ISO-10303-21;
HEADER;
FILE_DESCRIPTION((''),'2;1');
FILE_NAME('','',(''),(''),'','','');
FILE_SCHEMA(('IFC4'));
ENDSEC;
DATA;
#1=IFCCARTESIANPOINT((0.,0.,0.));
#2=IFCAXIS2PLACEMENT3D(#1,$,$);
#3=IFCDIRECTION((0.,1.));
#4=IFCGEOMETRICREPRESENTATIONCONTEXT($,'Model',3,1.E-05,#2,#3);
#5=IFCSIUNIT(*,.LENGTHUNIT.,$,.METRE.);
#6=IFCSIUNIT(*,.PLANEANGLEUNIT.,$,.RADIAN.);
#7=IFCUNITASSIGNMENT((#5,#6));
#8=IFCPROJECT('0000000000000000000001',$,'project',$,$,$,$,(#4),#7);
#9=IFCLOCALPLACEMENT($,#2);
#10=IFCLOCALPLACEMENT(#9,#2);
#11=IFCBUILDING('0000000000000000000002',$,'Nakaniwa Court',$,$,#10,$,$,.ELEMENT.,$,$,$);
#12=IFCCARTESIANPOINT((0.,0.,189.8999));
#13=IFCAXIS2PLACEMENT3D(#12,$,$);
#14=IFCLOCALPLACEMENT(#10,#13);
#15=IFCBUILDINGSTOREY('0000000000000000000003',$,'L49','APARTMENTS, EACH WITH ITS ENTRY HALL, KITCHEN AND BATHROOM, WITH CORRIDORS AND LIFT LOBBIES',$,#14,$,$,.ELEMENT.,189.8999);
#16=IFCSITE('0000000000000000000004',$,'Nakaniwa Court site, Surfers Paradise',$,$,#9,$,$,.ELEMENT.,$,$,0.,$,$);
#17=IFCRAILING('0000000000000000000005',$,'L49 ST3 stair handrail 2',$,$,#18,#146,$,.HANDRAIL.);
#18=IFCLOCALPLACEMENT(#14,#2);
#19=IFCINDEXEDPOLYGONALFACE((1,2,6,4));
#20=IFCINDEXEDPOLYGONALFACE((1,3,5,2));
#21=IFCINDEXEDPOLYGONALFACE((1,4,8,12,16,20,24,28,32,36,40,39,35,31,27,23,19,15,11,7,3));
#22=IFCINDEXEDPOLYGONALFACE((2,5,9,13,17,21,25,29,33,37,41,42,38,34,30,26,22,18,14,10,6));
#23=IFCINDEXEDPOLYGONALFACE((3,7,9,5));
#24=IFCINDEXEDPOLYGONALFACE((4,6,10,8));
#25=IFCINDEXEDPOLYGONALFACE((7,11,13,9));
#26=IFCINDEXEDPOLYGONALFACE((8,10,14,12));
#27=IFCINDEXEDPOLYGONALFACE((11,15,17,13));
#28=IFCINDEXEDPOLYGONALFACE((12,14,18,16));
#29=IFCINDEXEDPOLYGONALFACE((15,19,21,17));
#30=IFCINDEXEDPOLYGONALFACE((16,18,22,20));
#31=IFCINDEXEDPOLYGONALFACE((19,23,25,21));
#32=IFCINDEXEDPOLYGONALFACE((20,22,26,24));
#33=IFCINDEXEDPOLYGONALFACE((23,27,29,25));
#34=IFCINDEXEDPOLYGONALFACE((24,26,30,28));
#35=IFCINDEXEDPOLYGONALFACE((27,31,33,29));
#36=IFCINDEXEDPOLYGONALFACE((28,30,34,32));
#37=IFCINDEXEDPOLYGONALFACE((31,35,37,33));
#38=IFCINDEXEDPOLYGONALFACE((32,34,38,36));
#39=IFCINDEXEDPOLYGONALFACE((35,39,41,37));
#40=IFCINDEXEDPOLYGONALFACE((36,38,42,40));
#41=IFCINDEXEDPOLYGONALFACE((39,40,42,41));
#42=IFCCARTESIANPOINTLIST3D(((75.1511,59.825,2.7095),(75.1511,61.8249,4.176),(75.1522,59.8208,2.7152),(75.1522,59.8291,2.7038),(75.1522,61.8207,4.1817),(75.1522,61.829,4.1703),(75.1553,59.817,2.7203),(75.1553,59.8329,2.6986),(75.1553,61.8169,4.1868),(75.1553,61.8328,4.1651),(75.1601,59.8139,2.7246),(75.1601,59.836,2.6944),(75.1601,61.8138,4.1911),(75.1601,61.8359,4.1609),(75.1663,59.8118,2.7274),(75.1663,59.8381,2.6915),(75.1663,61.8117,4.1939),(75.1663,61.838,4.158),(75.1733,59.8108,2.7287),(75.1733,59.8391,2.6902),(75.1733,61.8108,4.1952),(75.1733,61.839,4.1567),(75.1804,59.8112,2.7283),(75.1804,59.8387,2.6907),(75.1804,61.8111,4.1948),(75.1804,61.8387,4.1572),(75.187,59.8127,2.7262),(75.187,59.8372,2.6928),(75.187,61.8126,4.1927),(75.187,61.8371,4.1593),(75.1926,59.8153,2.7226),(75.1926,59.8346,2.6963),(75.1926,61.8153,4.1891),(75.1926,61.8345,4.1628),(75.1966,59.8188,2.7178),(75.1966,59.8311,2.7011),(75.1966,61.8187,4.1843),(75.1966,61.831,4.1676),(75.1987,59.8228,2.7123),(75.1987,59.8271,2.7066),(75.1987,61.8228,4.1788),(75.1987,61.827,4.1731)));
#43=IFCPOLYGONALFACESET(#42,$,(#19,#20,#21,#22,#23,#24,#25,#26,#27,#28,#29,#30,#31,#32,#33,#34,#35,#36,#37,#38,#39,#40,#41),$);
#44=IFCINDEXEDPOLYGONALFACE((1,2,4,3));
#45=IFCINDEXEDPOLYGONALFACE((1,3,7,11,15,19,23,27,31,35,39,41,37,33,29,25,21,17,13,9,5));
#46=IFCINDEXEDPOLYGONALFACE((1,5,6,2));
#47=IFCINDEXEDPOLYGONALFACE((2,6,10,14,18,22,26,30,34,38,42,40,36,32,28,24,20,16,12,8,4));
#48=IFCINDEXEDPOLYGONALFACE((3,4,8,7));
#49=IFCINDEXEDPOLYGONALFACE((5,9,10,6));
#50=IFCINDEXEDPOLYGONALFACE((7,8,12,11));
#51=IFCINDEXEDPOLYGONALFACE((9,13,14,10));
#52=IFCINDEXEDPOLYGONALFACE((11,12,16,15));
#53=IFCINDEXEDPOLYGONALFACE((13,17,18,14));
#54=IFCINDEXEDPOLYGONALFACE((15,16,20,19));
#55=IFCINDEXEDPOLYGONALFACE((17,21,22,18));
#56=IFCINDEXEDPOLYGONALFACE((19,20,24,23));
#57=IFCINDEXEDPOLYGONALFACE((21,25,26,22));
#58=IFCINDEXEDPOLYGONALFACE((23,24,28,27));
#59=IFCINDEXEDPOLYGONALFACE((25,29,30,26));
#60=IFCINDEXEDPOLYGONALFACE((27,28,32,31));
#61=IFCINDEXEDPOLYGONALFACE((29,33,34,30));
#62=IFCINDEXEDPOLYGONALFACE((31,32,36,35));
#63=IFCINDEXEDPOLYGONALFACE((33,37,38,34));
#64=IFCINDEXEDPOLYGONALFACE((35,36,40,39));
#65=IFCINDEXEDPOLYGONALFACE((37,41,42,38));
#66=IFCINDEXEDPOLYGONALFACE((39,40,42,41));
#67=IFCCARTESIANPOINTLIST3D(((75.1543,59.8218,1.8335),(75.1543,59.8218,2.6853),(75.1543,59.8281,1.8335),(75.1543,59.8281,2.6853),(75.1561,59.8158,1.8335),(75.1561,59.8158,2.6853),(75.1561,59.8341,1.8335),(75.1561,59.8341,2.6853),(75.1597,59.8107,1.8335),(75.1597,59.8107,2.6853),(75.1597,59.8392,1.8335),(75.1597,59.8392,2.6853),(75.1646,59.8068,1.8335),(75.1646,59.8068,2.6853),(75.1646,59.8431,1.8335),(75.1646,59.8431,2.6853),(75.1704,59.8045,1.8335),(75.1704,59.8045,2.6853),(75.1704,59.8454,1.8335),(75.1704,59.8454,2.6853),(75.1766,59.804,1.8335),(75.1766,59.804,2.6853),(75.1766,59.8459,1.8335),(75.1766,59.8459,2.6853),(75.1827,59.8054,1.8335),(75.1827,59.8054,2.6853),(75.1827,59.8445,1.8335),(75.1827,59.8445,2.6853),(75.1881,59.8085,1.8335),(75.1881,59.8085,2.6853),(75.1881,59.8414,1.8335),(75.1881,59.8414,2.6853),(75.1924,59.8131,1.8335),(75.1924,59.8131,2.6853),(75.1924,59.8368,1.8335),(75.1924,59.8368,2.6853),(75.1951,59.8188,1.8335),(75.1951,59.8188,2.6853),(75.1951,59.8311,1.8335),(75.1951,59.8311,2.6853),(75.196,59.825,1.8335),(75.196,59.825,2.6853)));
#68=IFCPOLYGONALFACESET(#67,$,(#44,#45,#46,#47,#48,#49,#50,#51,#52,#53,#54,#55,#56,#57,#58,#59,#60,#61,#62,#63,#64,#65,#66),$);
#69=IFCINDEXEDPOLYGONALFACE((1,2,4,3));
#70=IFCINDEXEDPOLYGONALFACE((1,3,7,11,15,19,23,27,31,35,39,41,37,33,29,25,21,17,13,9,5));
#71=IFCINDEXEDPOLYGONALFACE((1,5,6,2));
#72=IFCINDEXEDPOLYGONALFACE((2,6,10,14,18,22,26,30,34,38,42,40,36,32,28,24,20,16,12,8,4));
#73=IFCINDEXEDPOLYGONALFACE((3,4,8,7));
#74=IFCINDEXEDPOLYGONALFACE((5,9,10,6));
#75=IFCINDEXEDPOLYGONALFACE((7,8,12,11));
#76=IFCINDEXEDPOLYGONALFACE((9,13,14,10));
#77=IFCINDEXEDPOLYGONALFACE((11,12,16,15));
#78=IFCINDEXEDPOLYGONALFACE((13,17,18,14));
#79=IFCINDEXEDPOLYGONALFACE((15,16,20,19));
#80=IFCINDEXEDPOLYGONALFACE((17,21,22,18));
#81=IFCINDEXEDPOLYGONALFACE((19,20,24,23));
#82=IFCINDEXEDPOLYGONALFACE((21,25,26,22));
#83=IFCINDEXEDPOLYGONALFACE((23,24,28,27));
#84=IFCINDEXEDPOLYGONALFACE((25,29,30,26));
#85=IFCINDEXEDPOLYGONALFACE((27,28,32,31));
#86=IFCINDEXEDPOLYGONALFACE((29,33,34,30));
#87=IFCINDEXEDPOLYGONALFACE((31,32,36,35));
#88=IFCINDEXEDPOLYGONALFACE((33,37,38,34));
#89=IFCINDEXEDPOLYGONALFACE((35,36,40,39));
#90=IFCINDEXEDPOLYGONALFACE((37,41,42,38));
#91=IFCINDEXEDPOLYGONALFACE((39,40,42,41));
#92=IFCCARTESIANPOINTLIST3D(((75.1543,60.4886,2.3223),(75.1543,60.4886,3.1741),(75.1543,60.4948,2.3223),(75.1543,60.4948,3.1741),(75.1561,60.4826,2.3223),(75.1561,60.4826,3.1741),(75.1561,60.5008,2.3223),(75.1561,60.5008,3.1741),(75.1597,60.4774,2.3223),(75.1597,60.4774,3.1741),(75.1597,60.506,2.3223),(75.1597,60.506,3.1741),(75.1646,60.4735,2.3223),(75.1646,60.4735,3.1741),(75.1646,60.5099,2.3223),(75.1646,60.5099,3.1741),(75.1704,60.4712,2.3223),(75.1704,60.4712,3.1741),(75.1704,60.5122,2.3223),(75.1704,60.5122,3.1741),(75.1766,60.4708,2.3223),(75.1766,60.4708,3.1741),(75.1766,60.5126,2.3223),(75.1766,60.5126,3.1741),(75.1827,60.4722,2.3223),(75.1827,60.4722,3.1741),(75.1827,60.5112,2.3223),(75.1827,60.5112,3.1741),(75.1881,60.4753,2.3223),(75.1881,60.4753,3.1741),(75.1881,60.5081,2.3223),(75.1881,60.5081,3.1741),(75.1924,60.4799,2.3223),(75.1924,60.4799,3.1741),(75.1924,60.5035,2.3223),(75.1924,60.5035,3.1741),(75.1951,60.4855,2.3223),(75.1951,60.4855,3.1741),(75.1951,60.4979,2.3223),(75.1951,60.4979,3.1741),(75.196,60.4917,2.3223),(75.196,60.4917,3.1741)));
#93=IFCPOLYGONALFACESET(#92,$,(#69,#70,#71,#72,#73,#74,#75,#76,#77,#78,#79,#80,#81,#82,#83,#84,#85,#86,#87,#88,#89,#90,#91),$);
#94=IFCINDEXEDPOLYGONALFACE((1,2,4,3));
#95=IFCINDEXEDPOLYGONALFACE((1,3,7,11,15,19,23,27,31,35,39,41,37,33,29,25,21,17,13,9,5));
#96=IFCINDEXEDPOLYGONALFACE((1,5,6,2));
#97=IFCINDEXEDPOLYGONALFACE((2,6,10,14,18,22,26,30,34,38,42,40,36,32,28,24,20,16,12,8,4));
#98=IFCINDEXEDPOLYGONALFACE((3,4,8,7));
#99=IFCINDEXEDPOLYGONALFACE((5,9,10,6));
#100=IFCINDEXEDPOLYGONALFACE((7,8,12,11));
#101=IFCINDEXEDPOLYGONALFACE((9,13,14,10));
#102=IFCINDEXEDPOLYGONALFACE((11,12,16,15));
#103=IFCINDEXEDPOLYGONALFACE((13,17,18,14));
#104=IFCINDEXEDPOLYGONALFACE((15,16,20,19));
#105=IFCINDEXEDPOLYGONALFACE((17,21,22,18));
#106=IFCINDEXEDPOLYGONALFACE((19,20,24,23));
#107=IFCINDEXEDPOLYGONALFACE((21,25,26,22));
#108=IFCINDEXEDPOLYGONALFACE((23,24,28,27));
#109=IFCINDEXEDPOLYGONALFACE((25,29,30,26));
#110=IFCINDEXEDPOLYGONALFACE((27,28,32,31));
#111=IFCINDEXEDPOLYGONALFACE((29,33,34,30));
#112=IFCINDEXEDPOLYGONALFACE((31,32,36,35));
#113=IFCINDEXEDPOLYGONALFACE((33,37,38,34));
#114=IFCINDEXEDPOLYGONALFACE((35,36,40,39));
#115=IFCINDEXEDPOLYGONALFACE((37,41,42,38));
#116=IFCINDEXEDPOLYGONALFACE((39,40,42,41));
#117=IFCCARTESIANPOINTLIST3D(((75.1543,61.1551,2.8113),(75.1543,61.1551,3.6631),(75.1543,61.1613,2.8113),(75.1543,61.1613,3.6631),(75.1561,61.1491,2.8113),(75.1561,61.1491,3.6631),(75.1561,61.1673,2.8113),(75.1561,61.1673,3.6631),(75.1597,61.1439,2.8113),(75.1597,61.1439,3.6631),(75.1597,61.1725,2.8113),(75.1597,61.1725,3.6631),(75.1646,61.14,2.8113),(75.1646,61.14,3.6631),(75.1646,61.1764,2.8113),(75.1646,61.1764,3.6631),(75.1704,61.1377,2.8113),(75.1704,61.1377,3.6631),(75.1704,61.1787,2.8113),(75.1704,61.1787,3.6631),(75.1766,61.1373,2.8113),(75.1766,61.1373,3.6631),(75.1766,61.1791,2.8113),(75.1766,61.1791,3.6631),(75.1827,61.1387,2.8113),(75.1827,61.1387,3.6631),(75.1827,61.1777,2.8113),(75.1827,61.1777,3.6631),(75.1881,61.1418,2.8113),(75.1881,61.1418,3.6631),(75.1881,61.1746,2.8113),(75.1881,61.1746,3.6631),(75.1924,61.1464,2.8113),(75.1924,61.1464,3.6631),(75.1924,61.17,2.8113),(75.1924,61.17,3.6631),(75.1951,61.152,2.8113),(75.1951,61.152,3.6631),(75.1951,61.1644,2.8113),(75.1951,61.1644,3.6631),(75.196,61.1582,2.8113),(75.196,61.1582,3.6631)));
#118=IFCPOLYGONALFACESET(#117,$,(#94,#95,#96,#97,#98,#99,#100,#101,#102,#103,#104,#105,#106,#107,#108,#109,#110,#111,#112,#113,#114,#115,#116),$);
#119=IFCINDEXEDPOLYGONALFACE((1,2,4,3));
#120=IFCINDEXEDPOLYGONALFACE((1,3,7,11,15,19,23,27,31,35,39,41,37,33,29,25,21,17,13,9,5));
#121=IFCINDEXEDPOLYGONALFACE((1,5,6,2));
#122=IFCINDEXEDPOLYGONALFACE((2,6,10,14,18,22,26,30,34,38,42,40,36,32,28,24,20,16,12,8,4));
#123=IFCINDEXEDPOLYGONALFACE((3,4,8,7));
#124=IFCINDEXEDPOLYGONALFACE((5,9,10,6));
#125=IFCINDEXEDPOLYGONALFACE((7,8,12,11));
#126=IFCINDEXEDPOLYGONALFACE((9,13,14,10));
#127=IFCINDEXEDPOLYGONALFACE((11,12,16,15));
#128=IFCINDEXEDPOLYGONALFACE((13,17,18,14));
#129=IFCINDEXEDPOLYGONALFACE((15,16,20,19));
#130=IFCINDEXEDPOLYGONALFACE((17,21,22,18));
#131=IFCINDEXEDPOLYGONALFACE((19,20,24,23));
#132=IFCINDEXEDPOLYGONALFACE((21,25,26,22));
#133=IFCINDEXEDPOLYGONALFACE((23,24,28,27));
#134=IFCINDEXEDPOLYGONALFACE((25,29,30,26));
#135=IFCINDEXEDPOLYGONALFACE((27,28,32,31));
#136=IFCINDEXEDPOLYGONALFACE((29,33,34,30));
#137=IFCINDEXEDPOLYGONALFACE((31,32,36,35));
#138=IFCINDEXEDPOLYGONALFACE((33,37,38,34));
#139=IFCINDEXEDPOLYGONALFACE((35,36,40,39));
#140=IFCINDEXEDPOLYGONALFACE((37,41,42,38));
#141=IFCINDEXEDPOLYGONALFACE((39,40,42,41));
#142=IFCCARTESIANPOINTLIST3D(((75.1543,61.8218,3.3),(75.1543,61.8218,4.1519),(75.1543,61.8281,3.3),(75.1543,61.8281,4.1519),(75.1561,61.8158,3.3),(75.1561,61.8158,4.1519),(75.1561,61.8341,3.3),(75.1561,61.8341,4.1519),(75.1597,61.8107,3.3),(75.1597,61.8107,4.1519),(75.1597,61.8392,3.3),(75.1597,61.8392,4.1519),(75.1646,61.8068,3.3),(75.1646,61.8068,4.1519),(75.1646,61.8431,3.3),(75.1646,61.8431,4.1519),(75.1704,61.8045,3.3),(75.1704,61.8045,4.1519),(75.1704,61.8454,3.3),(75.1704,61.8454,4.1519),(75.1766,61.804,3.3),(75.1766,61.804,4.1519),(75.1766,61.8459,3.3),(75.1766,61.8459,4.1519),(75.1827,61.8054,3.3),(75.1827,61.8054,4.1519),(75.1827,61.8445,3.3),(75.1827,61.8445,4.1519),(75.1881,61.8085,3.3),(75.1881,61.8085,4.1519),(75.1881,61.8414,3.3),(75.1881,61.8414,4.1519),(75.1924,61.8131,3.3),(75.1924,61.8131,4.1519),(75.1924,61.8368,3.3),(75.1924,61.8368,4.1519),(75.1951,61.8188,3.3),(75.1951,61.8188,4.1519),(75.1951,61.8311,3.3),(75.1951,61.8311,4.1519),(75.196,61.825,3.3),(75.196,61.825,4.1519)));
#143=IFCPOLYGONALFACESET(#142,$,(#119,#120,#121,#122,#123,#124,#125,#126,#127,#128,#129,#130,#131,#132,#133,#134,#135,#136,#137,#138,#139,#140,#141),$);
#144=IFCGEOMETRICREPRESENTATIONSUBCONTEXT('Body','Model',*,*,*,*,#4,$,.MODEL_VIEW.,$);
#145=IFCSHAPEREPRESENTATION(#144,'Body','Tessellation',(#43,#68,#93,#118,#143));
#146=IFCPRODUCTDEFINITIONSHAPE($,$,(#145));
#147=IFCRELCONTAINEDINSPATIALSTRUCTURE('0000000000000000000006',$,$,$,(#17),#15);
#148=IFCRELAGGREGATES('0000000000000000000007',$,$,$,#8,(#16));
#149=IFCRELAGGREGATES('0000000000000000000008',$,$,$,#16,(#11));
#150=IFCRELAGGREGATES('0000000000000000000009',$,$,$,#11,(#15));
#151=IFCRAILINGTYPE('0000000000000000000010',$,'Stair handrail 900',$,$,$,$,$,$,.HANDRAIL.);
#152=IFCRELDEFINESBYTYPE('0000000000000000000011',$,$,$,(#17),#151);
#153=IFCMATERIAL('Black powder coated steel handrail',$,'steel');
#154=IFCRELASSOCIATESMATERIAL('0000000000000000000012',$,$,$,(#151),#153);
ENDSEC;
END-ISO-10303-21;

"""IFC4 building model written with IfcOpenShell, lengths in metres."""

from ifc_helpers import new_model, si_unit, direction, frame, origin, origin_2d, place, context, subcontext, project, spatial, circle, extrude, material, type_object, element, save


model = new_model("IFC4")

# Units and contexts
model_context = context("Model", 3, precision=1e-05, world=origin(), true_north=direction((0.0, 1.0)))
body_context = subcontext(model_context, "Body", "Model", "MODEL_VIEW")
ifc_project = project(units=[si_unit("LENGTHUNIT", "METRE"), si_unit("PLANEANGLEUNIT", "RADIAN")], contexts=[model_context])

# Site, building, storey
site_placement = place(None, origin())
site = spatial("IfcSite", under=ifc_project, at=site_placement, Name="Nakaniwa Court site, Surfers Paradise", CompositionType="ELEMENT", RefElevation=0.0)
building_placement = place(site_placement, origin())
building = spatial("IfcBuilding", under=site, at=building_placement, Name="Nakaniwa Court", CompositionType="ELEMENT")
storey_placement = place(building_placement, frame((0.0, 0.0, 189.8999)))
storey = spatial("IfcBuildingStorey", under=building, at=storey_placement, Name="L49", Description="APARTMENTS, EACH WITH ITS ENTRY HALL, KITCHEN AND BATHROOM, WITH CORRIDORS AND LIFT LOBBIES", CompositionType="ELEMENT", Elevation=189.8999)

# Railing
ifc_material_1 = material(Name="Black powder coated steel handrail", Category="steel")
railing_type_1 = type_object("IfcRailingType", Name="Stair handrail 900", PredefinedType="HANDRAIL", material=ifc_material_1)
railing_1_placement = place(storey_placement, frame((75.175, 59.825, 1.8335)))
element("IfcRailing", 1, at=railing_1_placement, inside=storey, type_object=railing_type_1, Name="L49 ST3 stair handrail 2", PredefinedType="HANDRAIL", context=body_context, shape_type="SweptSolid", body=[
    extrude(circle(Radius=0.0239, at=origin_2d()), frame((0.0, 0.0, 0.876), z_axis=(0.0, 0.806427, 0.591334), x_axis=(-1.0, 0.0, 0.0)), (0.0, 0.0, 1.0), 2.48),
    extrude(circle(Radius=0.021, at=origin_2d()), origin(), (0.0, 0.0, 1.0), 0.8518),
    extrude(circle(Radius=0.021, at=origin_2d()), frame((0.0, 0.6667, 0.4888)), (0.0, 0.0, 1.0), 0.8518),
    extrude(circle(Radius=0.021, at=origin_2d()), frame((0.0, 1.3333, 0.9778)), (0.0, 0.0, 1.0), 0.8518),
    extrude(circle(Radius=0.021, at=origin_2d()), frame((0.0, 2.0, 1.4666)), (0.0, 0.0, 1.0), 0.8518),
])

save(model, "model.ifc")
